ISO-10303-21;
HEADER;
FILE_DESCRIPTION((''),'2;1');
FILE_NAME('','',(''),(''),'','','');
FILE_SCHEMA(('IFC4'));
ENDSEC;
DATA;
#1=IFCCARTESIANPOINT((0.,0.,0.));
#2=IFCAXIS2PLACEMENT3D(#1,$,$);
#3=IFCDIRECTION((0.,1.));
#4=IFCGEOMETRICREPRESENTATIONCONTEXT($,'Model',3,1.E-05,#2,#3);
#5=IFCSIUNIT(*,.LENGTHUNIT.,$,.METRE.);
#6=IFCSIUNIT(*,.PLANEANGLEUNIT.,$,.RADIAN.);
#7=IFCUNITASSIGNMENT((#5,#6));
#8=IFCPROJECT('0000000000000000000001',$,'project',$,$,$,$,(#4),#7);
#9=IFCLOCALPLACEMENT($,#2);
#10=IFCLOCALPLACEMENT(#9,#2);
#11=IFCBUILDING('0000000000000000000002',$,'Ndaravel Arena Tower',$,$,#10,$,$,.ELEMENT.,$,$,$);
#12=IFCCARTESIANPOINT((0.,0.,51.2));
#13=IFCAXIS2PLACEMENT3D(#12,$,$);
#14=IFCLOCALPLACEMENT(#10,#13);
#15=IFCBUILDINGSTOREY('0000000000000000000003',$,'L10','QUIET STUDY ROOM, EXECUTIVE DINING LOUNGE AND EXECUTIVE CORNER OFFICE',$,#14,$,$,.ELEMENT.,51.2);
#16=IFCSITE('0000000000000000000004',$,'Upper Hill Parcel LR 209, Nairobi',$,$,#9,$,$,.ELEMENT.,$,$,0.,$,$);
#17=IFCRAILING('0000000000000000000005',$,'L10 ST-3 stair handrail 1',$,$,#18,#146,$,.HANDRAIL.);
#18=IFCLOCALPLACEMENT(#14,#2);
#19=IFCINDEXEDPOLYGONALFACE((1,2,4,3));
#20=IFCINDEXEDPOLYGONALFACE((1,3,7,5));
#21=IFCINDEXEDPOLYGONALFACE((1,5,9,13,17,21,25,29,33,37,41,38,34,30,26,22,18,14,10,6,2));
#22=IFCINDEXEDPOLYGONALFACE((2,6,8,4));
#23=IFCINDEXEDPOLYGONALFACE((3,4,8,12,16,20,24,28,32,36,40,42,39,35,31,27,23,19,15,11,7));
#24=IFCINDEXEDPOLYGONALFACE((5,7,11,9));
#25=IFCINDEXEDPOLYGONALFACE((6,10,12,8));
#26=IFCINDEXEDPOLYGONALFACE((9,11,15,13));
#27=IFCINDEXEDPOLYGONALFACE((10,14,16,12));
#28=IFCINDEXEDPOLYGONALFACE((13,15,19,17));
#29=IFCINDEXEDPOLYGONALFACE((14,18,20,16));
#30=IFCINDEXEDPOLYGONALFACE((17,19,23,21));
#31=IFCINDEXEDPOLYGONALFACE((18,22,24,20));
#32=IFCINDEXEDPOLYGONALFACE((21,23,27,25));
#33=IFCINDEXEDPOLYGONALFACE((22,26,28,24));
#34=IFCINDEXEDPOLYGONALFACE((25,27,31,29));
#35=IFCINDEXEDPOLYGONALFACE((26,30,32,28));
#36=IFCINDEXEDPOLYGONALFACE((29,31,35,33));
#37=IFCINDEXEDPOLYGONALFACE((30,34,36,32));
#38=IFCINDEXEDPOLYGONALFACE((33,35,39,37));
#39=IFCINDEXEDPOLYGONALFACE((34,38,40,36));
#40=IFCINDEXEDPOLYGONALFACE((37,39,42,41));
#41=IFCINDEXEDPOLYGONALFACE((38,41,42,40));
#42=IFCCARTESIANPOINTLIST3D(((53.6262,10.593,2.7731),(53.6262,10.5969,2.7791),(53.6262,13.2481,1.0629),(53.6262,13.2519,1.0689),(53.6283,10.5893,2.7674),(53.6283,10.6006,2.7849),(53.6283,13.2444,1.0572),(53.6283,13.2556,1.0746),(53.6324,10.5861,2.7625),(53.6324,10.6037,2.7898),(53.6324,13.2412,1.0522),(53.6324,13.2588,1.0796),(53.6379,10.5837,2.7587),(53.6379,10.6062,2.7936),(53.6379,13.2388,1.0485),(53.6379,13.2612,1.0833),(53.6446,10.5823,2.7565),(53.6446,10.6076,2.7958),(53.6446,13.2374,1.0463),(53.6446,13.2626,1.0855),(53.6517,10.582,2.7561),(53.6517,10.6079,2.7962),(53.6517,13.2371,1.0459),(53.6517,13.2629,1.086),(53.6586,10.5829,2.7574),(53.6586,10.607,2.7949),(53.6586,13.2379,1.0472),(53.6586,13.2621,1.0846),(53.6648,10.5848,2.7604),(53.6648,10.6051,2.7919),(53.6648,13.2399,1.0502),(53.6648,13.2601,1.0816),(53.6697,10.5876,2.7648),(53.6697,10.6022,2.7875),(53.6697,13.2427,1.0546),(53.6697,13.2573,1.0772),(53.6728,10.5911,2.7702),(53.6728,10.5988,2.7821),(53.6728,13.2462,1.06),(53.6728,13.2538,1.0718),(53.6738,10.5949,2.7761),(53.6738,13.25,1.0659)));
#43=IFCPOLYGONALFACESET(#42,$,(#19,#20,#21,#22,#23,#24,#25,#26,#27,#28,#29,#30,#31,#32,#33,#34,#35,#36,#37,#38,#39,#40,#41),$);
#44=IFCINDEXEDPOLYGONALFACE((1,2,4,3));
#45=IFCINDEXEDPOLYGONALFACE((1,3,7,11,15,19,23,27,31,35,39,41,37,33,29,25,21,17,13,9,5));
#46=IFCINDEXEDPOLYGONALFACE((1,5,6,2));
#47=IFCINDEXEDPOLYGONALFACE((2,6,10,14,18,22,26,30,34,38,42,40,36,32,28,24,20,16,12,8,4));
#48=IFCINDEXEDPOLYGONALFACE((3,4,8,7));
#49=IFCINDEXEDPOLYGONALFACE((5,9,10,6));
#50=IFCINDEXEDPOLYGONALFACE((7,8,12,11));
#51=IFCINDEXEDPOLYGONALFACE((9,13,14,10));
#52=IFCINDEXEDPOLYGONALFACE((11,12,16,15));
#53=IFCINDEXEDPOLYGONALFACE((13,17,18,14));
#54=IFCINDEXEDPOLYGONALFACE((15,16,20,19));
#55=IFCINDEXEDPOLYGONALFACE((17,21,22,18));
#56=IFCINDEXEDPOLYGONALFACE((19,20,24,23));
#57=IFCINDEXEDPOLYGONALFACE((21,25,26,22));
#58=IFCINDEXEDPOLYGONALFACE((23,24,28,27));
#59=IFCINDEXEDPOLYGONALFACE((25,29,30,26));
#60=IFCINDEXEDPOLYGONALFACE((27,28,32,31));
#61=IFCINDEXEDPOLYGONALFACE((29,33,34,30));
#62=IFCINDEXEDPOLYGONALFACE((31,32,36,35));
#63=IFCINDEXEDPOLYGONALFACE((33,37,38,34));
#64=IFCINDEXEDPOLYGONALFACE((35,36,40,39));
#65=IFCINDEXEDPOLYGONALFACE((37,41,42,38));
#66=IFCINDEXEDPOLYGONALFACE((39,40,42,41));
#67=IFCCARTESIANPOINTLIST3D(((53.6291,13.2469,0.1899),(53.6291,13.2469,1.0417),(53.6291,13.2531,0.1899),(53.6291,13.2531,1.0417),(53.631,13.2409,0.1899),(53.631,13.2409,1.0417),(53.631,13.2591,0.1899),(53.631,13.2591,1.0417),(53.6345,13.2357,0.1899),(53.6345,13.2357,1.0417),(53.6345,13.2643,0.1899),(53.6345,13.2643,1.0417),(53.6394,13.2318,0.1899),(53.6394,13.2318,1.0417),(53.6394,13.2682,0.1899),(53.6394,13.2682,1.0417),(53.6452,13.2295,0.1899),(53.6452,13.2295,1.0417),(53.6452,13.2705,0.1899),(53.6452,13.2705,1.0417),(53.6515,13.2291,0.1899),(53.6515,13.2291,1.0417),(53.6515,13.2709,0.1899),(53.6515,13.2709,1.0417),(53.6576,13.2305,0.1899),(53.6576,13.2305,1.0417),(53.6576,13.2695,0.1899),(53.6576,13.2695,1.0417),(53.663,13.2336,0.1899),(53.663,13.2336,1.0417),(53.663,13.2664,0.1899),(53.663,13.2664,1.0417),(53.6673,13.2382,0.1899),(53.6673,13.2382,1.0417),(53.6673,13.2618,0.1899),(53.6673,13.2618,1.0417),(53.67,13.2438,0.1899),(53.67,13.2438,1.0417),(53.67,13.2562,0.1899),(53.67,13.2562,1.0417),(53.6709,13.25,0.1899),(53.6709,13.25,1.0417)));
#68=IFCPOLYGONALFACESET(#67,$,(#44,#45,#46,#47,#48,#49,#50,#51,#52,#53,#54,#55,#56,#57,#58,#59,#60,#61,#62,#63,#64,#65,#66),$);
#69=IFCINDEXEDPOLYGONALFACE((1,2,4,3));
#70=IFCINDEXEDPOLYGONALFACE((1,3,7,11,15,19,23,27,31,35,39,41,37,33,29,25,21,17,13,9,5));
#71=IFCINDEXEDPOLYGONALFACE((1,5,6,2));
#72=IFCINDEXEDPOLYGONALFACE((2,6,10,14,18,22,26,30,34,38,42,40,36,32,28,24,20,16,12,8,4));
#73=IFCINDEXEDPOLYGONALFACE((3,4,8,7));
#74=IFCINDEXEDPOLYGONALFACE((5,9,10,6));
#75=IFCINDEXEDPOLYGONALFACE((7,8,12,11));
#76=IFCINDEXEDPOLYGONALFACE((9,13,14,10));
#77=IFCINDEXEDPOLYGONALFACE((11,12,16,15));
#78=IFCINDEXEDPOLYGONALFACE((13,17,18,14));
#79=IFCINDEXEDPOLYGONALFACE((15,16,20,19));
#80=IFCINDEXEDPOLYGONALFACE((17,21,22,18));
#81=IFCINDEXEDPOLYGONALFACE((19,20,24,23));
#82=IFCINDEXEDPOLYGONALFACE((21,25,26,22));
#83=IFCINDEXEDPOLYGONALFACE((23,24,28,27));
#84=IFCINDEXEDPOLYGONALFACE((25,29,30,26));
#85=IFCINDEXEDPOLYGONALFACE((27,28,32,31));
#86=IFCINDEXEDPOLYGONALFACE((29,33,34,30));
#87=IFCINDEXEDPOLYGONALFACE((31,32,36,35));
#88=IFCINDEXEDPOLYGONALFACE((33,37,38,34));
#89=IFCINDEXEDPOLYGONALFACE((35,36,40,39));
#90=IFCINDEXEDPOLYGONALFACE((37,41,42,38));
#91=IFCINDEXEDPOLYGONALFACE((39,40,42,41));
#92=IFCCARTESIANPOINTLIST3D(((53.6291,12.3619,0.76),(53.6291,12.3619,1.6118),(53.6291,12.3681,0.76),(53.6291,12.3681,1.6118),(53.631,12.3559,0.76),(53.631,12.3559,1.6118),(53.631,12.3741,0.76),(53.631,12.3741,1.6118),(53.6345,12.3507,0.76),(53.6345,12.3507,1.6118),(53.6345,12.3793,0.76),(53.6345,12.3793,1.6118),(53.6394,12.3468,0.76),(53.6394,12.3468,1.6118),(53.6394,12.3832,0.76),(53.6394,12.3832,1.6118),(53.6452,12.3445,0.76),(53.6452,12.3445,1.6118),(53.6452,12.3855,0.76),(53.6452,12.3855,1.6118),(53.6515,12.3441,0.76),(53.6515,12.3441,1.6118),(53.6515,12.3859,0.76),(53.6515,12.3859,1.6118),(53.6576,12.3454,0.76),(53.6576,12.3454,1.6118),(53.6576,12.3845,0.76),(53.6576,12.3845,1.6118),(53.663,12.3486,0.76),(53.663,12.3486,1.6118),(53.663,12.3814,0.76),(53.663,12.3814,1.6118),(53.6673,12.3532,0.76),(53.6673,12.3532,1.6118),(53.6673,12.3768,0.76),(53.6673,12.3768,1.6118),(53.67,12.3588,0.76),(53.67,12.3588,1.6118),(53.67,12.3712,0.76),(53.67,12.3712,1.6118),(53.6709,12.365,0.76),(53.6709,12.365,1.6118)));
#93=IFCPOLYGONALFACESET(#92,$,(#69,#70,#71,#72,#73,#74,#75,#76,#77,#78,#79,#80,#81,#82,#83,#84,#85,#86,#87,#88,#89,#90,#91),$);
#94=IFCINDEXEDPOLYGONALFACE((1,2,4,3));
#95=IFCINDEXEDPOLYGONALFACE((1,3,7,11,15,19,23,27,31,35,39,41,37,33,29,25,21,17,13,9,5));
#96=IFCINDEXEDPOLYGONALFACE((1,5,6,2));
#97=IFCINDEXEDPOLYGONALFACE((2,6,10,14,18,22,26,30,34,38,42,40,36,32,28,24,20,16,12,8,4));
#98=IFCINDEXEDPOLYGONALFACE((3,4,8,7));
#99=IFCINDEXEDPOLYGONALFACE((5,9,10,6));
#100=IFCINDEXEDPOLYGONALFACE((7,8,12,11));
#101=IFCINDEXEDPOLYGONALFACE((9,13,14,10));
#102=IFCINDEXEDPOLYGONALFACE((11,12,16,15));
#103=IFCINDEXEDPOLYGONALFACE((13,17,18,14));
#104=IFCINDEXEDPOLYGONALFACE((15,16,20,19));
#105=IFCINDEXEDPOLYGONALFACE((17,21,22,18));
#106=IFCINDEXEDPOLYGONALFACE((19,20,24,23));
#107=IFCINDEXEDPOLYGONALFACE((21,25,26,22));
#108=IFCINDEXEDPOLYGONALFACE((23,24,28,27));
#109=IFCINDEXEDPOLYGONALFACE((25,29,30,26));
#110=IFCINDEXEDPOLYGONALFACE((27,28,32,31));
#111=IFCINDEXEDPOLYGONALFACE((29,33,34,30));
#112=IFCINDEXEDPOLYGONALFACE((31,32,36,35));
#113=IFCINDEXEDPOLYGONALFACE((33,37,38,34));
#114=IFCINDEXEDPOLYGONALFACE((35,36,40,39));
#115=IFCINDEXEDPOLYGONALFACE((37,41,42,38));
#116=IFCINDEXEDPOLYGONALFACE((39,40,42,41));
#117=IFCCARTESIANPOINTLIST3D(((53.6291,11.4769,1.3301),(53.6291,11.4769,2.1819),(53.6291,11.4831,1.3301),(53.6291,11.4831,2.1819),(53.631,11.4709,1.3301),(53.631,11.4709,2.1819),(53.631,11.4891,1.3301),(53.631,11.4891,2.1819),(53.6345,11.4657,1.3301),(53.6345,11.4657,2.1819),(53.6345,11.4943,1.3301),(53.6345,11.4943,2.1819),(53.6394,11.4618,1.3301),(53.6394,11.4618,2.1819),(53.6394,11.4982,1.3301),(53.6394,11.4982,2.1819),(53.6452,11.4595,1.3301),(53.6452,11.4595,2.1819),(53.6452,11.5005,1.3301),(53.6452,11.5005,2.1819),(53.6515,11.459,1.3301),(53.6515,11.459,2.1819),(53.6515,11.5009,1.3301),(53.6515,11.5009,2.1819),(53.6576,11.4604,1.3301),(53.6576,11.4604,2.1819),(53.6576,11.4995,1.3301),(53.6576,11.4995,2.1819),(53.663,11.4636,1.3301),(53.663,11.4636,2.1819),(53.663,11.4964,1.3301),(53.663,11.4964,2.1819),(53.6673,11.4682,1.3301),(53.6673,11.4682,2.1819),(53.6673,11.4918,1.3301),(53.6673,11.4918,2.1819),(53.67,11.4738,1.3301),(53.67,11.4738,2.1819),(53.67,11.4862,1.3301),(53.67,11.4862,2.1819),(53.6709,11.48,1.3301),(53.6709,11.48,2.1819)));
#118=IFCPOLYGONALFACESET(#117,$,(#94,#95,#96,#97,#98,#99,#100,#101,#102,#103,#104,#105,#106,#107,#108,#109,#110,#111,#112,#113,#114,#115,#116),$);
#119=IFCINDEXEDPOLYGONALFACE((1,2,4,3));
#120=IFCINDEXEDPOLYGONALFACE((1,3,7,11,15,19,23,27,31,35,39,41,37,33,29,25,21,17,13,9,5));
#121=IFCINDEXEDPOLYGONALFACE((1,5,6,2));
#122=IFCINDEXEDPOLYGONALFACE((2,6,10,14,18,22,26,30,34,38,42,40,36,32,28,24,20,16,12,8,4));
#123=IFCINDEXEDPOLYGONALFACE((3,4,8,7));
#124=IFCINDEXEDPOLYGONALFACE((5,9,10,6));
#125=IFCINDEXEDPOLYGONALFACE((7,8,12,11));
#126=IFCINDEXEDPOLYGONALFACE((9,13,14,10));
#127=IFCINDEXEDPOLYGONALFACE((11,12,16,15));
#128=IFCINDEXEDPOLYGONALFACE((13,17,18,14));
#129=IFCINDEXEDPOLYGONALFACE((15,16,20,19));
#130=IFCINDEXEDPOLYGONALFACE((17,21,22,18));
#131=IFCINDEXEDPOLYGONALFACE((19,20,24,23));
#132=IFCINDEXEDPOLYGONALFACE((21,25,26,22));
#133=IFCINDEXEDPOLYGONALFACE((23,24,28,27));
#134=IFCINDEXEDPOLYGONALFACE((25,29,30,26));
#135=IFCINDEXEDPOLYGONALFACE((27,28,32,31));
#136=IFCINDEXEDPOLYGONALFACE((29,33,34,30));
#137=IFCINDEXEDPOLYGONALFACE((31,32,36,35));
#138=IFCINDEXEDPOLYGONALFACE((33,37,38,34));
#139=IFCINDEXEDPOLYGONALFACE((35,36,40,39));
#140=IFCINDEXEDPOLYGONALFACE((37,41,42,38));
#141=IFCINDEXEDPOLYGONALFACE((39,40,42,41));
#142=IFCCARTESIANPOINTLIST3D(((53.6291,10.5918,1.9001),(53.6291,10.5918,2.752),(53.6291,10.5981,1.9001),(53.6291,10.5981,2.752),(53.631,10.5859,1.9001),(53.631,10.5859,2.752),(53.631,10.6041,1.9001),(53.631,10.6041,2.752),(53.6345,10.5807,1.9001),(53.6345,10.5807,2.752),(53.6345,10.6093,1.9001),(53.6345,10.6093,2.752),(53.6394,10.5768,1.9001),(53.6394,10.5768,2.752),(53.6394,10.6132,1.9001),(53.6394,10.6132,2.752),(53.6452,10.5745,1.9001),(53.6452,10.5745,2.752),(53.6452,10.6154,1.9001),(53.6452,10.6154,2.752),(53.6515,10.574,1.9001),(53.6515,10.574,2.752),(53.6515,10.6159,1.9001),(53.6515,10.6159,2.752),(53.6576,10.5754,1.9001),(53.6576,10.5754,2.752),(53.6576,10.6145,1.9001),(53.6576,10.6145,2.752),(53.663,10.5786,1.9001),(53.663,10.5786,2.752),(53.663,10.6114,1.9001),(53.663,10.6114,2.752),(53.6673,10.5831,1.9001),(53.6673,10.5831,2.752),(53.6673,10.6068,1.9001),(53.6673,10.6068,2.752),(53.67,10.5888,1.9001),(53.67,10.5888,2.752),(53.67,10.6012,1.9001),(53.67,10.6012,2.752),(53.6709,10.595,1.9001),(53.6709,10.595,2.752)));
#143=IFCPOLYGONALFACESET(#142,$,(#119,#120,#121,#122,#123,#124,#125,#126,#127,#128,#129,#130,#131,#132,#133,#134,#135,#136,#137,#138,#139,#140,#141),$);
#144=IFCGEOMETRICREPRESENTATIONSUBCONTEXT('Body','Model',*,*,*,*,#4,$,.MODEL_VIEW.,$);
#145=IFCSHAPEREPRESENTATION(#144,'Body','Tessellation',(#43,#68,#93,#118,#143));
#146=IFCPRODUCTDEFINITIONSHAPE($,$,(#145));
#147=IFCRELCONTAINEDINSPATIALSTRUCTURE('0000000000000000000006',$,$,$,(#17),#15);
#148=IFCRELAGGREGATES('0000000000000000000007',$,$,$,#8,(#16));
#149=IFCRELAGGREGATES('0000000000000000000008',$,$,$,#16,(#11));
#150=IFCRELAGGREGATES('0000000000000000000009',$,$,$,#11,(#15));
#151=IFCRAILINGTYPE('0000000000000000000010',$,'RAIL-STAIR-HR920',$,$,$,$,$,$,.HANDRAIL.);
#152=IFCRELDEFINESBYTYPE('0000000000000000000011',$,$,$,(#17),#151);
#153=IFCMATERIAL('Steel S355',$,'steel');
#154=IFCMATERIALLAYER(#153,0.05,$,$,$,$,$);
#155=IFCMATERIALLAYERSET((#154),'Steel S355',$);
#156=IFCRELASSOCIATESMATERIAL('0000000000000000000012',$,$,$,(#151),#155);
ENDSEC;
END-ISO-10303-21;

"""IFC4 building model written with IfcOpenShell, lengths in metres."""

from ifc_helpers import new_model, si_unit, direction, frame, origin, origin_2d, place, context, subcontext, project, spatial, circle, extrude, material, layer, layer_set, type_object, element, save


model = new_model("IFC4")

# Units and contexts
model_context = context("Model", 3, precision=1e-05, world=origin(), true_north=direction((0.0, 1.0)))
body_context = subcontext(model_context, "Body", "Model", "MODEL_VIEW")
ifc_project = project(units=[si_unit("LENGTHUNIT", "METRE"), si_unit("PLANEANGLEUNIT", "RADIAN")], contexts=[model_context])

# Site, building, storey
site_placement = place(None, origin())
site = spatial("IfcSite", under=ifc_project, at=site_placement, Name="Upper Hill Parcel LR 209, Nairobi", CompositionType="ELEMENT", RefElevation=0.0)
building_placement = place(site_placement, origin())
building = spatial("IfcBuilding", under=site, at=building_placement, Name="Ndaravel Arena Tower", CompositionType="ELEMENT")
storey_placement = place(building_placement, frame((0.0, 0.0, 51.2)))
storey = spatial("IfcBuildingStorey", under=building, at=storey_placement, Name="L10", Description="QUIET STUDY ROOM, EXECUTIVE DINING LOUNGE AND EXECUTIVE CORNER OFFICE", CompositionType="ELEMENT", Elevation=51.2)

# Railing
ifc_material_1 = material(Name="Steel S355", Category="steel")
ifc_layer_1 = layer(ifc_material_1, 0.05)
ifc_layer_set_1 = layer_set([ifc_layer_1], Name="Steel S355")
railing_type_1 = type_object("IfcRailingType", Name="RAIL-STAIR-HR920", PredefinedType="HANDRAIL", material=ifc_layer_set_1)
railing_1_placement = place(storey_placement, frame((53.6499, 13.25, 0.1899)))
element("IfcRailing", 1, at=railing_1_placement, inside=storey, type_object=railing_type_1, Name="L10 ST-3 stair handrail 1", PredefinedType="HANDRAIL", context=body_context, shape_type="SweptSolid", body=[
    extrude(circle(Radius=0.0239, at=origin_2d()), frame((0.0, 0.0, 0.876), z_axis=(0.0, -0.840688, 0.541519), x_axis=(1.0, 0.0, 0.0)), (0.0, 0.0, 1.0), 3.1582),
    extrude(circle(Radius=0.021, at=origin_2d()), origin(), (0.0, 0.0, 1.0), 0.8518),
    extrude(circle(Radius=0.021, at=origin_2d()), frame((0.0, -0.885, 0.5701)), (0.0, 0.0, 1.0), 0.8518),
    extrude(circle(Radius=0.021, at=origin_2d()), frame((0.0, -1.77, 1.1401)), (0.0, 0.0, 1.0), 0.8518),
    extrude(circle(Radius=0.021, at=origin_2d()), frame((0.0, -2.655, 1.7102)), (0.0, 0.0, 1.0), 0.8518),
])

save(model, "model.ifc")
